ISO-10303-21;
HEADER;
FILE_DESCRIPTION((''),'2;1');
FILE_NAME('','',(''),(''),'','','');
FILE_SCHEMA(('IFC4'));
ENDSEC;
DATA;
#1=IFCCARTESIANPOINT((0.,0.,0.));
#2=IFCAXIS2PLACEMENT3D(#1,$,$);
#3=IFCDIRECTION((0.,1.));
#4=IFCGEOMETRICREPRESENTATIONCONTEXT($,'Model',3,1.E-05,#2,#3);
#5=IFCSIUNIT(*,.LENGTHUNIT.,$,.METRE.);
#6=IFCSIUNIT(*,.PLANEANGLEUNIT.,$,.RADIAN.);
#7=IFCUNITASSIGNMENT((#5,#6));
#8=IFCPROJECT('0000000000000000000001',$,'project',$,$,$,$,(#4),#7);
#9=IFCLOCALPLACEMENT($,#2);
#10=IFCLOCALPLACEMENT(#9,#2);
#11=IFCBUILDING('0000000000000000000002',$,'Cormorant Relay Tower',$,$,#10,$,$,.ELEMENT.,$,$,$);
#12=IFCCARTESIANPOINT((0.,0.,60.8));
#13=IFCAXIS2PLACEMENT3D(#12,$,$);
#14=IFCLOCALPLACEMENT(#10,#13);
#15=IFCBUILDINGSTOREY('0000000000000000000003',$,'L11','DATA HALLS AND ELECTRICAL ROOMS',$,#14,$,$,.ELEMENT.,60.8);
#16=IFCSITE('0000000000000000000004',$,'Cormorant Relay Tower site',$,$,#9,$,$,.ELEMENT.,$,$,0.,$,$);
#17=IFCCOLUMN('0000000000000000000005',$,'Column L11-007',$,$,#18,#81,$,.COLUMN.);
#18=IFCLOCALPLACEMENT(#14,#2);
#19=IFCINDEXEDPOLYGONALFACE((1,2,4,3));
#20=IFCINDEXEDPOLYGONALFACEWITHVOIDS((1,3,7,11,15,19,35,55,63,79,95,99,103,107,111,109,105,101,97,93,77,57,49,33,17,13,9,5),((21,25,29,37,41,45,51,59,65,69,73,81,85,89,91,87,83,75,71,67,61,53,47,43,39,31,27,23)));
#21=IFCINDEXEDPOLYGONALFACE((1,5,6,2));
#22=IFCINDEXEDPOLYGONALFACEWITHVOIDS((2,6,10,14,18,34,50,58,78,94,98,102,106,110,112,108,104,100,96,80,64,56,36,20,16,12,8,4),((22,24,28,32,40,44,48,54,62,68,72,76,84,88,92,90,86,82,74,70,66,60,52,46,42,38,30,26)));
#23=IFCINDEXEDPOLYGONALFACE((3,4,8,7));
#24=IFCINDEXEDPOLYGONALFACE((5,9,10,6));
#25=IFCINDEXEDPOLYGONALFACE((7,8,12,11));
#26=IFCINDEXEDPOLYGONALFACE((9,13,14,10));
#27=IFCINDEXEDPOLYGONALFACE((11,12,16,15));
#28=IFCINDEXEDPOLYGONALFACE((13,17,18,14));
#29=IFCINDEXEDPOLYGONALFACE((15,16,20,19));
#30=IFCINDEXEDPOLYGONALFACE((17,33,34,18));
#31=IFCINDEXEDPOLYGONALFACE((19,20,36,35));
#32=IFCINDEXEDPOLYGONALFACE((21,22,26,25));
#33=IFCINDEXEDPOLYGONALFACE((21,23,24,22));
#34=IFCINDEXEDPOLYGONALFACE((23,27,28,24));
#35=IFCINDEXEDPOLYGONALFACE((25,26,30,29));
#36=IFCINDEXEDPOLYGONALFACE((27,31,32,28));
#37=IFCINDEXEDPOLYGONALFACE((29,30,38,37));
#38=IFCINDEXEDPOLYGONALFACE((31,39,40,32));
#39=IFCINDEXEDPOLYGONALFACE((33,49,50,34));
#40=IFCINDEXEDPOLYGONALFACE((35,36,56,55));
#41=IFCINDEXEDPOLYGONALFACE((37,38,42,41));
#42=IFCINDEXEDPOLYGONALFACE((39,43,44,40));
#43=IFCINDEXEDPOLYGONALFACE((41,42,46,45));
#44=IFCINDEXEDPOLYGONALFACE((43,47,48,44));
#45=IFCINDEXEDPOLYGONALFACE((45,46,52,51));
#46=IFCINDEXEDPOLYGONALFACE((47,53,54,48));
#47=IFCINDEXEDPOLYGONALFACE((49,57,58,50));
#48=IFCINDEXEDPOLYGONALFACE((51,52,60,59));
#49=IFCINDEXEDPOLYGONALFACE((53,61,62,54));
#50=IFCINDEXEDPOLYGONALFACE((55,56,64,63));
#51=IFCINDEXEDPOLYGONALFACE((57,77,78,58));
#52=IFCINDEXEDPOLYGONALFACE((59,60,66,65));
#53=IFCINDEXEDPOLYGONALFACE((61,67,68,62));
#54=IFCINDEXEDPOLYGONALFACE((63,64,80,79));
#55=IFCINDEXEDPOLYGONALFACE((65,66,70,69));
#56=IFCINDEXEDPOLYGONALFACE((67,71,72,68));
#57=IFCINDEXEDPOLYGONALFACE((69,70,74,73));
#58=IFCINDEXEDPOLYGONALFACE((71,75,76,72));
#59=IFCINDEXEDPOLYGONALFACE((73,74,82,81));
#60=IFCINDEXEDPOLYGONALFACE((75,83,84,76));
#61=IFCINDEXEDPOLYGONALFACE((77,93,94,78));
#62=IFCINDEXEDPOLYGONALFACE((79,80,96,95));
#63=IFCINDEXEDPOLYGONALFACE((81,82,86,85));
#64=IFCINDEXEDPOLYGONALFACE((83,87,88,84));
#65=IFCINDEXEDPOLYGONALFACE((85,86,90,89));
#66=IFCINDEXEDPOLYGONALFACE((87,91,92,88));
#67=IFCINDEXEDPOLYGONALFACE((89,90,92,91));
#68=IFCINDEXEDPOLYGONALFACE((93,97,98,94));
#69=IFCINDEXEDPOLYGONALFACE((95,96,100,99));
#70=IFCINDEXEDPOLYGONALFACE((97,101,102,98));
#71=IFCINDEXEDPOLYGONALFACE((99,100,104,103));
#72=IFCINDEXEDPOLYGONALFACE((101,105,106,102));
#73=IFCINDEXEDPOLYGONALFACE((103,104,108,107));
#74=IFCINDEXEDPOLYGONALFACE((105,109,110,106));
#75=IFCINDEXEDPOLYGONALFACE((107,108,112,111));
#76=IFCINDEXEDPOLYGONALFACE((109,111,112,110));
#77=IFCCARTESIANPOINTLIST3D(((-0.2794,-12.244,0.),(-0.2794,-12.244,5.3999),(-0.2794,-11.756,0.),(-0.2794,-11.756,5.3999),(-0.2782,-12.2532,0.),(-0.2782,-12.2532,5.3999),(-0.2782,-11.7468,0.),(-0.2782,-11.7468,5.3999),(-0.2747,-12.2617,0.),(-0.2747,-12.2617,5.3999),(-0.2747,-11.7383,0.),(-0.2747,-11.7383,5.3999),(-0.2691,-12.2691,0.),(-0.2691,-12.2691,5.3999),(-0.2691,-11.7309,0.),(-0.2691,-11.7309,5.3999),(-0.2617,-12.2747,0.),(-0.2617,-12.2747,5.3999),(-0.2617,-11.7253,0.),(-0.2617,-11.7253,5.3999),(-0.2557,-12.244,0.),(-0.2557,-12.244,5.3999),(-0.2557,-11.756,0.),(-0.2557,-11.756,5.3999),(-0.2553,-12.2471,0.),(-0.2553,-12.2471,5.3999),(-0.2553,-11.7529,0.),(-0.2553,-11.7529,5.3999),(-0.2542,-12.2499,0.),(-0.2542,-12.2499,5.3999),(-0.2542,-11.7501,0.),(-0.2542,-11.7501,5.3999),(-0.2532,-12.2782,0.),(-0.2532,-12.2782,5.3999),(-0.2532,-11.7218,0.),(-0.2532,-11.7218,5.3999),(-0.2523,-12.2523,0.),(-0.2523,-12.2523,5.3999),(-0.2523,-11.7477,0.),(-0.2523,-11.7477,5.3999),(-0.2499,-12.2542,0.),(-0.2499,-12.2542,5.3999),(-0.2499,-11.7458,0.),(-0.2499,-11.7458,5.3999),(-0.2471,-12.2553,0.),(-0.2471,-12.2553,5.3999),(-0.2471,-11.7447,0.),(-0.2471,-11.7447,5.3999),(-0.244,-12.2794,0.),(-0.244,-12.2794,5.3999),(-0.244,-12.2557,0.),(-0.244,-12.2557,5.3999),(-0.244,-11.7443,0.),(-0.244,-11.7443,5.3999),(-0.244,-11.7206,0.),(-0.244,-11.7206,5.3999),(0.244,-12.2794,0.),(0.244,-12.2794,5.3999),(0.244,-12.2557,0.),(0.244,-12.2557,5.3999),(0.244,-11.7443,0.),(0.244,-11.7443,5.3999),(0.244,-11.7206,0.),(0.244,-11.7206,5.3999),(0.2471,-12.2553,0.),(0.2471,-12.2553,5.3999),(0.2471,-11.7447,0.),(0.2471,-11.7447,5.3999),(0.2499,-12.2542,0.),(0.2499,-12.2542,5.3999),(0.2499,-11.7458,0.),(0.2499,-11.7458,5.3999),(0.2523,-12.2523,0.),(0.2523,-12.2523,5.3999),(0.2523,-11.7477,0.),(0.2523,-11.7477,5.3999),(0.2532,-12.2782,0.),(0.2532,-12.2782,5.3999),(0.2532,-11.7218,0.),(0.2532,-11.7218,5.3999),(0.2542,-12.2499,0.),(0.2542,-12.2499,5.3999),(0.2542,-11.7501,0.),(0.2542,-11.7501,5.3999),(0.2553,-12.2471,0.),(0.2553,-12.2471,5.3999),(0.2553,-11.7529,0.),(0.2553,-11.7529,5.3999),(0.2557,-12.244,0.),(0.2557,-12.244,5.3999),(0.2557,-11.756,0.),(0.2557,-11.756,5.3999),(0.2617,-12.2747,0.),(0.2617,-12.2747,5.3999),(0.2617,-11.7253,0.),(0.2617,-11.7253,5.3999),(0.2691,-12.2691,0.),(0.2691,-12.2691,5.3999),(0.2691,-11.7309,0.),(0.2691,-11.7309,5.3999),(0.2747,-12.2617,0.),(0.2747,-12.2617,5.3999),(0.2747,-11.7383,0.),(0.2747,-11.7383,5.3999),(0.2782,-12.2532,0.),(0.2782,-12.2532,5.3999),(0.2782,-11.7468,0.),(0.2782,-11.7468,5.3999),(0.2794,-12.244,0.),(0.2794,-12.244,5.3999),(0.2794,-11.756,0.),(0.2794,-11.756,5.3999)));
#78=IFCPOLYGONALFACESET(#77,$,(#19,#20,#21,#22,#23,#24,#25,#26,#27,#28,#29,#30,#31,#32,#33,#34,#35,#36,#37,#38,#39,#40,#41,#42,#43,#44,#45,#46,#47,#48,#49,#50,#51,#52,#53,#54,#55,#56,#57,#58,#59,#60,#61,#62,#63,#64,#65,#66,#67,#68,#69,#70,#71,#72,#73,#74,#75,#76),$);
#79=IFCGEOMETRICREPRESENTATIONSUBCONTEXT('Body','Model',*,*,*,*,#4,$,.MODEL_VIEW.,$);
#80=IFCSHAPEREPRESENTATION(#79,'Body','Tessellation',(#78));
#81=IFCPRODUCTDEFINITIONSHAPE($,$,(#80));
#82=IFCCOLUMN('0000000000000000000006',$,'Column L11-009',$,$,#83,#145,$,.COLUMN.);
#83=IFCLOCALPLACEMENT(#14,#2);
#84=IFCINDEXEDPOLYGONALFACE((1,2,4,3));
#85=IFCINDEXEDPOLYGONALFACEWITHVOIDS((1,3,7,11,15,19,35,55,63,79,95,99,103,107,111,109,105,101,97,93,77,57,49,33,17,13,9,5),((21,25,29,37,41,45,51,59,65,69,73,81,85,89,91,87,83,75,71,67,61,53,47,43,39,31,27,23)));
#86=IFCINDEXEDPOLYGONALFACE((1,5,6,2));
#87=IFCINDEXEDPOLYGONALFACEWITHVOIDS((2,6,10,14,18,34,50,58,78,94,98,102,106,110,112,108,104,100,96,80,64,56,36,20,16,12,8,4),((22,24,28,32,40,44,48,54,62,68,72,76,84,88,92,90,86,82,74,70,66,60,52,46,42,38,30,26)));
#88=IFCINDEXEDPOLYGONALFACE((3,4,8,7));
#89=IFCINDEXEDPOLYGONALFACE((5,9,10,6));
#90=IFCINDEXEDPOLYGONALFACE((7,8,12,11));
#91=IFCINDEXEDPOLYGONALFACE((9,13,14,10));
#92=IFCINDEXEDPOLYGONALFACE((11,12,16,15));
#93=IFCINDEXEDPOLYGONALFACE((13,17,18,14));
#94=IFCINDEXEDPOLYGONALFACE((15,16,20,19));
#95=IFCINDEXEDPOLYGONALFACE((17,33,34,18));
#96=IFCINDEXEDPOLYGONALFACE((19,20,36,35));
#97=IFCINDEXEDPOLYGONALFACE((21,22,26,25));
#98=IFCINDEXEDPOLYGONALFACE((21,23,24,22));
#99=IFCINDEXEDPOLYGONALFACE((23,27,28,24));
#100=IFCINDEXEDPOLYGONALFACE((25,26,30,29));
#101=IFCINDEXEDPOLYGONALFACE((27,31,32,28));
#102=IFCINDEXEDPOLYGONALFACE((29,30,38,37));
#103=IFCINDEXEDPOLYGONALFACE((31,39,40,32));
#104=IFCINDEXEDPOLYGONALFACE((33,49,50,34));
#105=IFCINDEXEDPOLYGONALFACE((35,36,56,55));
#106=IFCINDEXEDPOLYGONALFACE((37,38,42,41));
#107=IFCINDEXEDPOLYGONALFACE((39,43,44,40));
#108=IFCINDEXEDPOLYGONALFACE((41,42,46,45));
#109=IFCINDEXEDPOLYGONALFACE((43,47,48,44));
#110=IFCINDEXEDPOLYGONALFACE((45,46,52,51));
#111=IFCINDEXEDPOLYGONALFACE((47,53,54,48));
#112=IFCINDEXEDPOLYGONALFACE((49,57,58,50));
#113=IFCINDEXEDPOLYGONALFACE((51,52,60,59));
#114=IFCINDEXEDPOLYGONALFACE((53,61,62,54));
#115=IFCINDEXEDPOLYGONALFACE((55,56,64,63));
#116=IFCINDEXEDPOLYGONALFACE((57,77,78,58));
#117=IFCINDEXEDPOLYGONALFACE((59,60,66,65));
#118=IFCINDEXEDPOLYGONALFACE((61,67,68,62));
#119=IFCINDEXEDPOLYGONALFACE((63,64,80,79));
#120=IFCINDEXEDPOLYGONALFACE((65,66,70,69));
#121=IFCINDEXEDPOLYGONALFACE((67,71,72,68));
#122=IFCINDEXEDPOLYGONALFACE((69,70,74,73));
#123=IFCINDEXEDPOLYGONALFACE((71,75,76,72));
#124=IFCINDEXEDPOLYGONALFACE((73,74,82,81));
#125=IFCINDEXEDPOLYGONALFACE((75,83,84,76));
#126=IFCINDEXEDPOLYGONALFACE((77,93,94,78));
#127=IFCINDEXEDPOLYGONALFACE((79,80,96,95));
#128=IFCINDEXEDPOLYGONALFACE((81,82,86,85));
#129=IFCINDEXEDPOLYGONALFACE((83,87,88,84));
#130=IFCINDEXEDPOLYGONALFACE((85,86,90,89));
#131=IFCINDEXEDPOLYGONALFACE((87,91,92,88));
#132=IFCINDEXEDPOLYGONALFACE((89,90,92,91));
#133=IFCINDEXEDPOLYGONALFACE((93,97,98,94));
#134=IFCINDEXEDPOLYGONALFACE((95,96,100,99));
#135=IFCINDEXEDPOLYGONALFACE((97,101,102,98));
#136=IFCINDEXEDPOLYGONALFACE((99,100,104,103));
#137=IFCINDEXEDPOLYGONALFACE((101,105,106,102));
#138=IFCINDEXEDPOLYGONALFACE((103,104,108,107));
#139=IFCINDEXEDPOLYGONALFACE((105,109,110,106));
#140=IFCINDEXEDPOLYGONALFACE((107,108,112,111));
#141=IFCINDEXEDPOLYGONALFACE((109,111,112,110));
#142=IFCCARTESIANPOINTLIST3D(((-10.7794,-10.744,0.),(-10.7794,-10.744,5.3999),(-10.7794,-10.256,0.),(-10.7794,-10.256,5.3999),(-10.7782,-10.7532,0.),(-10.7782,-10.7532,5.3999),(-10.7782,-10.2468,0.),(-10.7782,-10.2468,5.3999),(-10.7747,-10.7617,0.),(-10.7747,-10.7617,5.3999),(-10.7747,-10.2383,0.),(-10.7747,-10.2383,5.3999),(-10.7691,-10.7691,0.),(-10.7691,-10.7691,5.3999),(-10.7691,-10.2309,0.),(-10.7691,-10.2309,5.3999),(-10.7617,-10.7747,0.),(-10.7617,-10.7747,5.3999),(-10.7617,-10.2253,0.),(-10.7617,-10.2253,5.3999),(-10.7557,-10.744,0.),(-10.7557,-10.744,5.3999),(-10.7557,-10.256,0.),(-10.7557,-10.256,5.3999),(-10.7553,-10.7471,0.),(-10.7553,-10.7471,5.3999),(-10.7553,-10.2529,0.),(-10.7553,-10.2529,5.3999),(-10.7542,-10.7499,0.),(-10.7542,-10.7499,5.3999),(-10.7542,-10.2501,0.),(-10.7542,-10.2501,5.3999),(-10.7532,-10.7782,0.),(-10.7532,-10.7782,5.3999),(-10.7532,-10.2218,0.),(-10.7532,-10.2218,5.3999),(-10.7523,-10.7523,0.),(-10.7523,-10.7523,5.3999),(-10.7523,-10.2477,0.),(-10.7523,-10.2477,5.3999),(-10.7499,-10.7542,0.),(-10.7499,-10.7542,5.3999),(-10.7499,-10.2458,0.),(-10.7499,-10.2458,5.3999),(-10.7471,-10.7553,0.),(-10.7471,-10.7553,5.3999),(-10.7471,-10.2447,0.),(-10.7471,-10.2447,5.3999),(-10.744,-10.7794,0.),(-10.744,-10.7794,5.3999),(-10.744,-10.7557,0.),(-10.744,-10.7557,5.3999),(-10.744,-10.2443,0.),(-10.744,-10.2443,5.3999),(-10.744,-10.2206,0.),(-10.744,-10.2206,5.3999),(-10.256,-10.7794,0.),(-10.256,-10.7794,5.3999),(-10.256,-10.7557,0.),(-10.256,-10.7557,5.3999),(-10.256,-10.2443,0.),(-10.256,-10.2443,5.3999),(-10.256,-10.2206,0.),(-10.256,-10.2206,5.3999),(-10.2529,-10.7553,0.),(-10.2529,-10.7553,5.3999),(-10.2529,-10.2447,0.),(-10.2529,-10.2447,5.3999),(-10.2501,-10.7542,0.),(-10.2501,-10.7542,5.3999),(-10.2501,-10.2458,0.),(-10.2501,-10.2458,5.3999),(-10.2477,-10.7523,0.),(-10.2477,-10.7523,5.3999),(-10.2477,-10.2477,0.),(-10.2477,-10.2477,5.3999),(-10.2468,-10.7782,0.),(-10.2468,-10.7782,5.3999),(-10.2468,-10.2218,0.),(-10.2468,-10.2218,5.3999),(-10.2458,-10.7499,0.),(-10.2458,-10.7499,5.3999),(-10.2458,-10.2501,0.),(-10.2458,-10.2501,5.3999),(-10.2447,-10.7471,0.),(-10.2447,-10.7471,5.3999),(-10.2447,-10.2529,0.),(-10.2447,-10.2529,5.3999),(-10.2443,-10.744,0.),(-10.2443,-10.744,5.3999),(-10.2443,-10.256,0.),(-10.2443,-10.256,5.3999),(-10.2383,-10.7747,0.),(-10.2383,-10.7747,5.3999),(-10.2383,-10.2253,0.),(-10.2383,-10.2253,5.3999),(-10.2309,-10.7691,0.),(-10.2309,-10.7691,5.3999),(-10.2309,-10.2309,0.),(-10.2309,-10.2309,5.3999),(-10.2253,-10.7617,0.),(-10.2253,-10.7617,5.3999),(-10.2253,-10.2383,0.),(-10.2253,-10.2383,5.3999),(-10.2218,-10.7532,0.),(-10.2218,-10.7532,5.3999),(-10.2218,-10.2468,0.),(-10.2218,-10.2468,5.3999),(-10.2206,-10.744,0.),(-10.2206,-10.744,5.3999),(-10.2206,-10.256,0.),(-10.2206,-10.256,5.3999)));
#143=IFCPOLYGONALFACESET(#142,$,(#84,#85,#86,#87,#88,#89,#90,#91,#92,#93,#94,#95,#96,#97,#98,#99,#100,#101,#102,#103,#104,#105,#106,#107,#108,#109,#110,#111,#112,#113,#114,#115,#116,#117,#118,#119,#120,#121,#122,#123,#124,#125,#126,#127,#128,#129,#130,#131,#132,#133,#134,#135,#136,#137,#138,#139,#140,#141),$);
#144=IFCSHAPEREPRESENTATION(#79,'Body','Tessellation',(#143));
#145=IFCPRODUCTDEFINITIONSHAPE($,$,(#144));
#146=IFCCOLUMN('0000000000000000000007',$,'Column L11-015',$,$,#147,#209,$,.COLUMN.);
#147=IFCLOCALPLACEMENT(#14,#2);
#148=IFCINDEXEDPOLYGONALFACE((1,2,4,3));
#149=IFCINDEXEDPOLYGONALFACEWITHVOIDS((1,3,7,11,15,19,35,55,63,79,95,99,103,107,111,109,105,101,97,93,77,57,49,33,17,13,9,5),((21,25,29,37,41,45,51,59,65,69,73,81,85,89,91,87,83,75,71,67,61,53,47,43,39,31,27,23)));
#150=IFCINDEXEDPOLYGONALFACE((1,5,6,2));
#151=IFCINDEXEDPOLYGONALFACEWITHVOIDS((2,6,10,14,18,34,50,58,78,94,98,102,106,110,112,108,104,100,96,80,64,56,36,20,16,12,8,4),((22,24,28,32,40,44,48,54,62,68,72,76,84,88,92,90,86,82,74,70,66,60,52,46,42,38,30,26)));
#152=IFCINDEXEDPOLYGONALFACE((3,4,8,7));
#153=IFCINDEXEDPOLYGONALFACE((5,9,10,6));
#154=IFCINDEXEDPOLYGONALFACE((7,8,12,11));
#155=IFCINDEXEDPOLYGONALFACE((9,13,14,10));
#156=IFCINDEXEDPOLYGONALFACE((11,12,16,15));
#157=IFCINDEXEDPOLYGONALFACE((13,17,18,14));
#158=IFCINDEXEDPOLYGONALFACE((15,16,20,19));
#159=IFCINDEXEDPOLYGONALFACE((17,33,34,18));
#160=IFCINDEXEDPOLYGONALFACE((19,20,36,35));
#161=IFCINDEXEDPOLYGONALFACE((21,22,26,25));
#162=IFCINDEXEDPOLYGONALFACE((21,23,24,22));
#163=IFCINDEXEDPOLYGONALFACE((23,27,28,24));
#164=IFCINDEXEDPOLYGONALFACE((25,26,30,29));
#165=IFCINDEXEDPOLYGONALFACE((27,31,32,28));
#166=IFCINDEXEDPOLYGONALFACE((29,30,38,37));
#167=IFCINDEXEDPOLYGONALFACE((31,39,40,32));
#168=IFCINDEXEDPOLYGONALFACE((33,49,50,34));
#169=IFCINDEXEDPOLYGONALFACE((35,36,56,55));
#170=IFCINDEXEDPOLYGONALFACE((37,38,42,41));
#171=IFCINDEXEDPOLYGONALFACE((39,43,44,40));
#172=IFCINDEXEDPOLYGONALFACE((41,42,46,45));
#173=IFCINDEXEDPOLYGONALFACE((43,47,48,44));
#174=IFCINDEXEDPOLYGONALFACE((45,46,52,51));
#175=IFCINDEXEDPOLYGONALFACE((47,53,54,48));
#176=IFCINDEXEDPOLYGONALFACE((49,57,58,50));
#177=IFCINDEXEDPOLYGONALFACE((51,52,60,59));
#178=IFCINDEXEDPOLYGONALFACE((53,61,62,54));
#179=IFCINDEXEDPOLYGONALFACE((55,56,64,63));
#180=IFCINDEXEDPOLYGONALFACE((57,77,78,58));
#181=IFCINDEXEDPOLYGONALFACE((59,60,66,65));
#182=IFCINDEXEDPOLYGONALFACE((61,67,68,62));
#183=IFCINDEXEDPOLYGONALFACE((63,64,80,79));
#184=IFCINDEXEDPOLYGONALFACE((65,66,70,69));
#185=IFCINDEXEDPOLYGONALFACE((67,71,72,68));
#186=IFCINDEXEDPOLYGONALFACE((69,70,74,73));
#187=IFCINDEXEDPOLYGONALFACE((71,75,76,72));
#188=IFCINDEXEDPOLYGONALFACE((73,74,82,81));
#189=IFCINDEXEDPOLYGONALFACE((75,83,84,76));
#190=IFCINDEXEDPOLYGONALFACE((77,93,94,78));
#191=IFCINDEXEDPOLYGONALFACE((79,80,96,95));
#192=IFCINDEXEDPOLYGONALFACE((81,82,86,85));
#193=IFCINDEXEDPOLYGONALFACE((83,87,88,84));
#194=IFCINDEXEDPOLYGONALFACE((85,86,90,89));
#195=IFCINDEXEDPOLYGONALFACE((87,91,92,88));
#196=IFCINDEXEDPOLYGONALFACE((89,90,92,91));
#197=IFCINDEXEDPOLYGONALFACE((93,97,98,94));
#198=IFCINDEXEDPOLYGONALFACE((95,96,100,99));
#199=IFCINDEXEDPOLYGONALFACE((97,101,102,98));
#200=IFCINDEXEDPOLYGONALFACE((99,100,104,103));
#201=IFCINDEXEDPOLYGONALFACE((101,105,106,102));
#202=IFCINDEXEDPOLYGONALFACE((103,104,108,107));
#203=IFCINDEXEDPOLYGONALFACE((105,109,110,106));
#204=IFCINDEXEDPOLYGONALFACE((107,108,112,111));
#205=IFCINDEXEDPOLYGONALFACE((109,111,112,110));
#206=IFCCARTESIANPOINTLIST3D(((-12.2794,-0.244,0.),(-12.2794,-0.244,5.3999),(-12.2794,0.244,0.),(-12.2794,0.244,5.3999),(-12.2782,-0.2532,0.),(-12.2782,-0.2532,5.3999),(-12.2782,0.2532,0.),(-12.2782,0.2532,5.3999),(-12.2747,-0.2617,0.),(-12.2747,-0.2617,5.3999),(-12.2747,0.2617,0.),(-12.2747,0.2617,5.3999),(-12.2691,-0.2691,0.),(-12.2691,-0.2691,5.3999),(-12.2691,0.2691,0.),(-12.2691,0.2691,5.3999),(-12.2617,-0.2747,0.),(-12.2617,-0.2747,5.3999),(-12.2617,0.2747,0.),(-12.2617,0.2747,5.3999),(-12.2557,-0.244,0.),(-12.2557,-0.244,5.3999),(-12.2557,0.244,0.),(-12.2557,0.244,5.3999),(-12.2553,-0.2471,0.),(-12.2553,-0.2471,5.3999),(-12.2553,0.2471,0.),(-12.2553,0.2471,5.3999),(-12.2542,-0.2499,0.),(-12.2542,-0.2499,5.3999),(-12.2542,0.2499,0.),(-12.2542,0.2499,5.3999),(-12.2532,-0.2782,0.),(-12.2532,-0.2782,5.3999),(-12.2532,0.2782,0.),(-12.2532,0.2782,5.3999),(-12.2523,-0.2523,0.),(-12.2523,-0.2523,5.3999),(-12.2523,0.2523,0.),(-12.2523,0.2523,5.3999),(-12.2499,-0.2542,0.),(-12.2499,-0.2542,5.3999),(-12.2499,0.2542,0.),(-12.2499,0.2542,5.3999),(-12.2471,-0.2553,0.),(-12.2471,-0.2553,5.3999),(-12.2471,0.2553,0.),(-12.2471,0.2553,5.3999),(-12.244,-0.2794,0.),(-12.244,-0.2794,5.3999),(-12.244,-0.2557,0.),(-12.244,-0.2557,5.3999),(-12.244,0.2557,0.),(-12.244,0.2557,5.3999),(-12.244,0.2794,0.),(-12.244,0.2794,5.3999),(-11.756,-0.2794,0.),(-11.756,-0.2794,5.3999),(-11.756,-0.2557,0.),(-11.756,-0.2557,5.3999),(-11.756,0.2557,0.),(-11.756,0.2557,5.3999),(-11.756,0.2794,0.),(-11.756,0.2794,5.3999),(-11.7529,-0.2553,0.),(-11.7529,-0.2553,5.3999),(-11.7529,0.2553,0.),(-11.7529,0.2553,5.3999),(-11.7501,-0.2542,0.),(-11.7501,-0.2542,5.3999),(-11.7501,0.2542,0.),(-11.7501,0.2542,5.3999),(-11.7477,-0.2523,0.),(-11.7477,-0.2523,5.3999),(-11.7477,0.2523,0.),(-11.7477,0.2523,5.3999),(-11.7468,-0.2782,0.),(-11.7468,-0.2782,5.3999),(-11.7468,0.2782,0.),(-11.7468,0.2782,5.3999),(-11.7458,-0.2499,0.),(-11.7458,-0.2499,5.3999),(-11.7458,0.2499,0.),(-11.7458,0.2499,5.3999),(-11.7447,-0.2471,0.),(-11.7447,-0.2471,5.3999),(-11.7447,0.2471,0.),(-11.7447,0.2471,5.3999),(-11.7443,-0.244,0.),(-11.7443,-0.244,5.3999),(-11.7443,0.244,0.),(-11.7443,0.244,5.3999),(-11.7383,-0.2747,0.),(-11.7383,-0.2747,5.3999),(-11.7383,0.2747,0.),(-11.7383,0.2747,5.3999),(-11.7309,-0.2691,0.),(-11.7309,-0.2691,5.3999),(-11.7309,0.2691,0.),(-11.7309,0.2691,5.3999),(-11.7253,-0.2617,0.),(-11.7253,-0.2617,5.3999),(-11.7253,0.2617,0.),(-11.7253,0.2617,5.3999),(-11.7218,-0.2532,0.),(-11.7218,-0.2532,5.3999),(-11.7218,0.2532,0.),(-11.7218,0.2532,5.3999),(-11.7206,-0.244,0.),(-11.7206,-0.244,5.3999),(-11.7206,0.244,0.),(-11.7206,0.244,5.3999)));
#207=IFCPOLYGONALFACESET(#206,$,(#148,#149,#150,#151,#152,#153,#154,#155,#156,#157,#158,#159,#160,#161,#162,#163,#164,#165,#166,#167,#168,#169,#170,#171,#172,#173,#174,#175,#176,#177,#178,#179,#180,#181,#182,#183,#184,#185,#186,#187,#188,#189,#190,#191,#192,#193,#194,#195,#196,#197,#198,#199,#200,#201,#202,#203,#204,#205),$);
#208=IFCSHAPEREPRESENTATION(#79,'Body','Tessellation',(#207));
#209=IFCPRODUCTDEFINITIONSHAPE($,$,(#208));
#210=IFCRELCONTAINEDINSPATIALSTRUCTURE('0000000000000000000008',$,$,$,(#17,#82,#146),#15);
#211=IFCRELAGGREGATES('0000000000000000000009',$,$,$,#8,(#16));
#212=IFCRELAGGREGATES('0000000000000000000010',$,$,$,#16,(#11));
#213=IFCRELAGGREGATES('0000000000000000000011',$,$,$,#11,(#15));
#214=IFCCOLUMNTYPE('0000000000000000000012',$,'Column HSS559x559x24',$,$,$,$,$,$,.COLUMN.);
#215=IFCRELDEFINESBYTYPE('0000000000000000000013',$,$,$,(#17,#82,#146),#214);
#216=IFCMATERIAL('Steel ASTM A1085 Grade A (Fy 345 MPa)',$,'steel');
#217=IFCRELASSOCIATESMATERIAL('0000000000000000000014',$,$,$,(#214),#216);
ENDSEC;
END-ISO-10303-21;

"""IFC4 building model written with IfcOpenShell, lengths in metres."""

from ifc_helpers import new_model, si_unit, direction, frame, origin, origin_2d, place, context, subcontext, project, spatial, hollow_rectangle, extrude, material, material_profile, profile_set, type_object, element, save


model = new_model("IFC4")

# Units and contexts
model_context = context("Model", 3, precision=1e-05, world=origin(), true_north=direction((0.0, 1.0)))
body_context = subcontext(model_context, "Body", "Model", "MODEL_VIEW")
ifc_project = project(units=[si_unit("LENGTHUNIT", "METRE"), si_unit("PLANEANGLEUNIT", "RADIAN")], contexts=[model_context])

# Site, building, storey
site_placement = place(None, origin())
site = spatial("IfcSite", under=ifc_project, at=site_placement, Name="Cormorant Relay Tower site", CompositionType="ELEMENT", RefElevation=0.0)
building_placement = place(site_placement, origin())
building = spatial("IfcBuilding", under=site, at=building_placement, Name="Cormorant Relay Tower", CompositionType="ELEMENT")
storey_placement = place(building_placement, frame((0.0, 0.0, 60.8)))
storey = spatial("IfcBuildingStorey", under=building, at=storey_placement, Name="L11", Description="DATA HALLS AND ELECTRICAL ROOMS", CompositionType="ELEMENT", Elevation=60.8)

# Columns
ifc_material_1 = material(Name="Steel ASTM A1085 Grade A (Fy 345 MPa)", Category="steel")
ifc_material_profile_1 = material_profile(ifc_material_1, hollow_rectangle(XDim=0.5588, YDim=0.5588, WallThickness=0.0237, InnerFilletRadius=0.0117, OuterFilletRadius=0.0354, at=origin_2d()), Name="HSS559x559x24")
ifc_profile_set_1 = profile_set([ifc_material_profile_1], Name="Steel ASTM A1085 Grade A (Fy 345 MPa)")
column_type = type_object("IfcColumnType", Name="Column HSS559x559x24", PredefinedType="COLUMN", material=ifc_profile_set_1)
for number, where, z_axis, x_axis, name in (
    (1, (0.0, -12.0, 0.0), (0.0, 0.0, 1.0), (1.0, 0.0, 0.0), "Column L11-007"),
    (2, (-10.5, -10.5, 0.0), (0.0, 0.0, 1.0), (1.0, 0.0, 0.0), "Column L11-009"),
    (3, (-12.0, 0.0, 0.0), (0.0, 0.0, 1.0), (1.0, 0.0, 0.0), "Column L11-015"),
):
    element("IfcColumn", number, at=place(storey_placement, frame(where, z_axis=z_axis, x_axis=x_axis)), inside=storey, type_object=column_type, Name=name, PredefinedType="COLUMN", context=body_context, shape_type="SweptSolid", body=[
        extrude(hollow_rectangle(XDim=0.5588, YDim=0.5588, WallThickness=0.0237, InnerFilletRadius=0.0117, OuterFilletRadius=0.0354, at=origin_2d()), origin(), (0.0, 0.0, 1.0), 5.3999),
    ])

save(model, "model.ifc")
